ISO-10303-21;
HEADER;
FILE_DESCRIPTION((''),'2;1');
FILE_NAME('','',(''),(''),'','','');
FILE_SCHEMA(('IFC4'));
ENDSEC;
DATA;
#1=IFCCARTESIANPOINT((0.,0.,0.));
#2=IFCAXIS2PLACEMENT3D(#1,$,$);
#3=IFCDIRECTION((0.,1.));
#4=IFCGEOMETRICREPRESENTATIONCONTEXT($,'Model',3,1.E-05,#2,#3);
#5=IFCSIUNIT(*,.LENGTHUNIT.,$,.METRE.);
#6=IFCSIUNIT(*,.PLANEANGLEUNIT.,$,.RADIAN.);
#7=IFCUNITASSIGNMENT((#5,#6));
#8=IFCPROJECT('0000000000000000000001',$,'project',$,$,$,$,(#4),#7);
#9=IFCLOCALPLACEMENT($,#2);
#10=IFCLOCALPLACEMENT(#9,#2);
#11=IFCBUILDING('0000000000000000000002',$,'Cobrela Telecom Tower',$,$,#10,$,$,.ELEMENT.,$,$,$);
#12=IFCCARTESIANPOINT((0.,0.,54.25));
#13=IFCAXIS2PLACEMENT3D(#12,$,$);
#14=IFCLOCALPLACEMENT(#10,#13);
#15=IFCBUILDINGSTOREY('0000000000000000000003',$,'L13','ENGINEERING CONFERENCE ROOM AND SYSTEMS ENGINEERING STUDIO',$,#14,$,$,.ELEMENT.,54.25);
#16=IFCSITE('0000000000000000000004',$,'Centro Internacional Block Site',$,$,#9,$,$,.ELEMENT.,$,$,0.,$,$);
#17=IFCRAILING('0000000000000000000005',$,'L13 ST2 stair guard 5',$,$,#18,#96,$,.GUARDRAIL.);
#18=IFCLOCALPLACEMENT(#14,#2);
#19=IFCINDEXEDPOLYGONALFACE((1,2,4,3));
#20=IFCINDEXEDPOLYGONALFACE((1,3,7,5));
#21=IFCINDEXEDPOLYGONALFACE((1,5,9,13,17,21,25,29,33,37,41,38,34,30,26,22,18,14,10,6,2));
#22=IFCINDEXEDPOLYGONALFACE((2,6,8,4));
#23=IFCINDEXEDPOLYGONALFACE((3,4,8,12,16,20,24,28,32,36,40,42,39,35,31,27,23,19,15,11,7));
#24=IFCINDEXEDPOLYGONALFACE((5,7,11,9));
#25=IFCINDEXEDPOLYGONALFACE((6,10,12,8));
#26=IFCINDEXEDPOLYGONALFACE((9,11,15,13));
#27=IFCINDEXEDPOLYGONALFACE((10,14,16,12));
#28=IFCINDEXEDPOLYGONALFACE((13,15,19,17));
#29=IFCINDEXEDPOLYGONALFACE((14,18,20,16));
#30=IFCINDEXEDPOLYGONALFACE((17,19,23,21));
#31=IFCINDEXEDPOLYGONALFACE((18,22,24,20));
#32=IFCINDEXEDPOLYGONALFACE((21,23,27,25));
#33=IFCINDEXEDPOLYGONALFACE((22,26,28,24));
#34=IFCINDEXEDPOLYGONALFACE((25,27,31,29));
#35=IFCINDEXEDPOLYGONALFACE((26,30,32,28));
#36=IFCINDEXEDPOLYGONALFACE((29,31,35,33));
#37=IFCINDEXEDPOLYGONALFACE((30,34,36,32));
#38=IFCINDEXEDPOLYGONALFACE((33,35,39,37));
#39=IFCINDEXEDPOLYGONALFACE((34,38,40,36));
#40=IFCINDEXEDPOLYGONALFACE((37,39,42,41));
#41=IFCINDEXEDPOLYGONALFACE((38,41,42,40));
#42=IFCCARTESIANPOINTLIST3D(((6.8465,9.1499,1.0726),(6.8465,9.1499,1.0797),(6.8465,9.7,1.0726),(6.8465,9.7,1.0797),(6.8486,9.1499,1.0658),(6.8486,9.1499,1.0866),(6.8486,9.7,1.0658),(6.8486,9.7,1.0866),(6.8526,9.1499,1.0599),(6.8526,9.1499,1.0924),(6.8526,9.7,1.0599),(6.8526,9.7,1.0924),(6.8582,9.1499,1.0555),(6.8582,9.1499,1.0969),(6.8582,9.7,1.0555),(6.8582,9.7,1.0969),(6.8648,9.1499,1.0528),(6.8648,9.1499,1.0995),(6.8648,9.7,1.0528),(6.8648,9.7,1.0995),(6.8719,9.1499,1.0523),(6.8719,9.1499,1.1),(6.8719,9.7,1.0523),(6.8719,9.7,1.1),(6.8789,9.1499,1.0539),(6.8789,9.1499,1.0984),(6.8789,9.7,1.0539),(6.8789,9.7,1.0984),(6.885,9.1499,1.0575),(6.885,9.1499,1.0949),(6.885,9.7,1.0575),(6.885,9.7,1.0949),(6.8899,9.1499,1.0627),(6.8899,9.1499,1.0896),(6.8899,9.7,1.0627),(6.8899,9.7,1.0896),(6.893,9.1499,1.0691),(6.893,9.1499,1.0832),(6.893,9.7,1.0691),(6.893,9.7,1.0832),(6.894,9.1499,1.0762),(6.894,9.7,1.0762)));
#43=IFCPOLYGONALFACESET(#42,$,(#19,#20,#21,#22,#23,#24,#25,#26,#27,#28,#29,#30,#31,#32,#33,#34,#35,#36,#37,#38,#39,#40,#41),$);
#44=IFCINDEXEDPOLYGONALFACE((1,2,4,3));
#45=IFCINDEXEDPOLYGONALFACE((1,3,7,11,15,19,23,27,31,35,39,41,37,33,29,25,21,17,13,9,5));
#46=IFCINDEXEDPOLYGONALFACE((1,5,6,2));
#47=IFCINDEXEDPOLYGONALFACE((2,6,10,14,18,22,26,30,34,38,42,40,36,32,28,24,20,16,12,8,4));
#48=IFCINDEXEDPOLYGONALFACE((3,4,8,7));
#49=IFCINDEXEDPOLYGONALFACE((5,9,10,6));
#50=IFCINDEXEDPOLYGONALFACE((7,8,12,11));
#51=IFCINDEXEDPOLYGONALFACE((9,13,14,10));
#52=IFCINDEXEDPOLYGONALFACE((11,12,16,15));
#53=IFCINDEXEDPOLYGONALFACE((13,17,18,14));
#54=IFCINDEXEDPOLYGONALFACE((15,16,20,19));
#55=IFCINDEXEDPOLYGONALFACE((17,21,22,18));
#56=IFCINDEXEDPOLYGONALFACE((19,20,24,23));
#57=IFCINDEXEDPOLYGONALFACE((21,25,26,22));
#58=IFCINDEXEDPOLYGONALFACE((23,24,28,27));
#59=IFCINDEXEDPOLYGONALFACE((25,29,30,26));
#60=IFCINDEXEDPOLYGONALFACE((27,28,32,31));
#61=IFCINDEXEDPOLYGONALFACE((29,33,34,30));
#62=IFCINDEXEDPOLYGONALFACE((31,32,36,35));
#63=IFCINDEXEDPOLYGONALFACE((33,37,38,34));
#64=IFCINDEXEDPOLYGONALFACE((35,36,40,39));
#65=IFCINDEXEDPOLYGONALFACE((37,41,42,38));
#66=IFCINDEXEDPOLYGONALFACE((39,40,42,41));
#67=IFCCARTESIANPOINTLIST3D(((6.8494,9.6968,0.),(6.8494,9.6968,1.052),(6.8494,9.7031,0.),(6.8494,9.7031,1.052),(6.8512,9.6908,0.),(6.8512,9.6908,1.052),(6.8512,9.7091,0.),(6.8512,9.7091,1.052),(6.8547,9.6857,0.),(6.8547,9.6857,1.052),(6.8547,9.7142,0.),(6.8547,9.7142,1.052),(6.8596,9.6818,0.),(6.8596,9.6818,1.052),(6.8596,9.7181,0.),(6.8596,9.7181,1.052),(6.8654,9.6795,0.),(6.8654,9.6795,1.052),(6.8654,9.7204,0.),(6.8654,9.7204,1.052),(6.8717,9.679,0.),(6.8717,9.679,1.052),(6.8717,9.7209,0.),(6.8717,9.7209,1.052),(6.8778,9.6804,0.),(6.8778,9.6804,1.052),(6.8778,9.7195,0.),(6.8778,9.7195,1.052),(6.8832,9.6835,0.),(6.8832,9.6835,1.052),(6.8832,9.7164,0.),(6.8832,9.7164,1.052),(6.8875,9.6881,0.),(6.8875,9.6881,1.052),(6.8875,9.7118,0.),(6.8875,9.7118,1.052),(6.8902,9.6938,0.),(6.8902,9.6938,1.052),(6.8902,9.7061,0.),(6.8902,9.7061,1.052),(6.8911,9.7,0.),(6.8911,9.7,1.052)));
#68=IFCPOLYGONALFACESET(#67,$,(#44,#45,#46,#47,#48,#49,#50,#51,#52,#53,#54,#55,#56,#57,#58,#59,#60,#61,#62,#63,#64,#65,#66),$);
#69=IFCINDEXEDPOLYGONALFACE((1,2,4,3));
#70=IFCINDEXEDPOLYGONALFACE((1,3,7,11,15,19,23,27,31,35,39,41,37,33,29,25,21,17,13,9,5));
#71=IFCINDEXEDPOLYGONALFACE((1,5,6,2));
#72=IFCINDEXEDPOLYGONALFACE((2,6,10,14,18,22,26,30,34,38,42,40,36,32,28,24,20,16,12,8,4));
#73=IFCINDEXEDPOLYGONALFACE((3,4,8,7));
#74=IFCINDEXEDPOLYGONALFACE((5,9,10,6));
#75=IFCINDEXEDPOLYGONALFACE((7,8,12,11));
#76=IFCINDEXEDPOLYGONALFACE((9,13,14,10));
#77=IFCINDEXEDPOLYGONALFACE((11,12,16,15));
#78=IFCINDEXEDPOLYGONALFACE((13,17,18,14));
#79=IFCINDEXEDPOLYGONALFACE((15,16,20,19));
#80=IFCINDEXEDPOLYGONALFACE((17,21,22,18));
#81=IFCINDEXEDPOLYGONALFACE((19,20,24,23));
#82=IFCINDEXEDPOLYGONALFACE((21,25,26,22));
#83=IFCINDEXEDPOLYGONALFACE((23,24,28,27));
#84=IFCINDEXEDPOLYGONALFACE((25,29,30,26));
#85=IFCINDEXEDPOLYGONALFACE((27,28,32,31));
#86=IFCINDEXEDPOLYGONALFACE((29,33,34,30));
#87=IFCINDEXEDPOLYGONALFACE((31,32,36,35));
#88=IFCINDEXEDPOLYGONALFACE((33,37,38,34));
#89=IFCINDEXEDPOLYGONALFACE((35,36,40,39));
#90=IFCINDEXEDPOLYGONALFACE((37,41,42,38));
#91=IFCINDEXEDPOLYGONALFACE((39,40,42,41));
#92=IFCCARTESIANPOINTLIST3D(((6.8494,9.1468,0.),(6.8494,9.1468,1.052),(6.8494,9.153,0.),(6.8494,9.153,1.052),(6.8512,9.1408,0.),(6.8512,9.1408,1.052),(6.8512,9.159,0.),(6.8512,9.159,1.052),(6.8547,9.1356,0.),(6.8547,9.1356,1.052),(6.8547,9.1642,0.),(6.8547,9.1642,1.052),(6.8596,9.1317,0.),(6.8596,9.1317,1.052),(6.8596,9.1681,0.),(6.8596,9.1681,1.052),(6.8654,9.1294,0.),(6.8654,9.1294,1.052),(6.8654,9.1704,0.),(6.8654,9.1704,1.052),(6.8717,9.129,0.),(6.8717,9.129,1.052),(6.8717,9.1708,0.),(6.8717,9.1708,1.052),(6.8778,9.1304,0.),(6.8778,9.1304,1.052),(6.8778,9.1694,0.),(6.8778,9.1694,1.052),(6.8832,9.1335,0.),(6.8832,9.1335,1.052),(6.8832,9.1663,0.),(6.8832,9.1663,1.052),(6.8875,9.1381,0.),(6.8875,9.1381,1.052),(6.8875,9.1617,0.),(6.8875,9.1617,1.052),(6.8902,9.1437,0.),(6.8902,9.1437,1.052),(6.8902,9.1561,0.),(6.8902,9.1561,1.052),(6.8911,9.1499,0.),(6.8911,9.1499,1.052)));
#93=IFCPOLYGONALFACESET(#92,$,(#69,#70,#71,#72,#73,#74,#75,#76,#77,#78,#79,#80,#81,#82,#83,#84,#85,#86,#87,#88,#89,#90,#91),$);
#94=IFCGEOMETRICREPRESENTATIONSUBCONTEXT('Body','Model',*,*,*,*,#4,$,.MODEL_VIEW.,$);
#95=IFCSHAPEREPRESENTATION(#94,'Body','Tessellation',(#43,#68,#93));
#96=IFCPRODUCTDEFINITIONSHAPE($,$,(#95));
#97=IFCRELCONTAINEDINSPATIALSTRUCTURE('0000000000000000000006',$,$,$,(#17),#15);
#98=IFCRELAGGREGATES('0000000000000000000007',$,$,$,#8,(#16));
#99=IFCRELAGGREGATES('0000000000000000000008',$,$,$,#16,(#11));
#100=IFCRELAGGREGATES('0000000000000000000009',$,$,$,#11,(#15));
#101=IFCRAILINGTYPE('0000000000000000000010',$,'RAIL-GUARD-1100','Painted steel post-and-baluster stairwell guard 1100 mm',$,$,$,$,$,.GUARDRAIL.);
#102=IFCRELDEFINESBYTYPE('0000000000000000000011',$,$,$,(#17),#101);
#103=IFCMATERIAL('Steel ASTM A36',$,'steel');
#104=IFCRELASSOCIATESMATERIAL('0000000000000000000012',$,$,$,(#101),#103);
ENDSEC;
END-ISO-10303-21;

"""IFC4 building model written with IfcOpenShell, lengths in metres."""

from ifc_helpers import new_model, si_unit, direction, frame, origin, origin_2d, place, context, subcontext, project, spatial, circle, extrude, material, type_object, element, save


model = new_model("IFC4")

# Units and contexts
model_context = context("Model", 3, precision=1e-05, world=origin(), true_north=direction((0.0, 1.0)))
body_context = subcontext(model_context, "Body", "Model", "MODEL_VIEW")
ifc_project = project(units=[si_unit("LENGTHUNIT", "METRE"), si_unit("PLANEANGLEUNIT", "RADIAN")], contexts=[model_context])

# Site, building, storey
site_placement = place(None, origin())
site = spatial("IfcSite", under=ifc_project, at=site_placement, Name="Centro Internacional Block Site", CompositionType="ELEMENT", RefElevation=0.0)
building_placement = place(site_placement, origin())
building = spatial("IfcBuilding", under=site, at=building_placement, Name="Cobrela Telecom Tower", CompositionType="ELEMENT")
storey_placement = place(building_placement, frame((0.0, 0.0, 54.25)))
storey = spatial("IfcBuildingStorey", under=building, at=storey_placement, Name="L13", Description="ENGINEERING CONFERENCE ROOM AND SYSTEMS ENGINEERING STUDIO", CompositionType="ELEMENT", Elevation=54.25)

# Railing
ifc_material_1 = material(Name="Steel ASTM A36", Category="steel")
railing_type_1 = type_object("IfcRailingType", Name="RAIL-GUARD-1100", Description="Painted steel post-and-baluster stairwell guard 1100 mm", PredefinedType="GUARDRAIL", material=ifc_material_1)
railing_1_placement = place(storey_placement, frame((6.8701, 9.7, 0.0)))
element("IfcRailing", 1, at=railing_1_placement, inside=storey, type_object=railing_type_1, Name="L13 ST2 stair guard 5", PredefinedType="GUARDRAIL", context=body_context, shape_type="SweptSolid", body=[
    extrude(circle(Radius=0.0239, at=origin_2d()), frame((0.0, 0.0, 1.0762), z_axis=(0.0, -1.0, 0.0), x_axis=(1.0, 0.0, 0.0)), (0.0, 0.0, 1.0), 0.55),
    extrude(circle(Radius=0.021, at=origin_2d()), origin(), (0.0, 0.0, 1.0), 1.052),
    extrude(circle(Radius=0.021, at=origin_2d()), frame((0.0, -0.55, 0.0)), (0.0, 0.0, 1.0), 1.052),
])

save(model, "model.ifc")
